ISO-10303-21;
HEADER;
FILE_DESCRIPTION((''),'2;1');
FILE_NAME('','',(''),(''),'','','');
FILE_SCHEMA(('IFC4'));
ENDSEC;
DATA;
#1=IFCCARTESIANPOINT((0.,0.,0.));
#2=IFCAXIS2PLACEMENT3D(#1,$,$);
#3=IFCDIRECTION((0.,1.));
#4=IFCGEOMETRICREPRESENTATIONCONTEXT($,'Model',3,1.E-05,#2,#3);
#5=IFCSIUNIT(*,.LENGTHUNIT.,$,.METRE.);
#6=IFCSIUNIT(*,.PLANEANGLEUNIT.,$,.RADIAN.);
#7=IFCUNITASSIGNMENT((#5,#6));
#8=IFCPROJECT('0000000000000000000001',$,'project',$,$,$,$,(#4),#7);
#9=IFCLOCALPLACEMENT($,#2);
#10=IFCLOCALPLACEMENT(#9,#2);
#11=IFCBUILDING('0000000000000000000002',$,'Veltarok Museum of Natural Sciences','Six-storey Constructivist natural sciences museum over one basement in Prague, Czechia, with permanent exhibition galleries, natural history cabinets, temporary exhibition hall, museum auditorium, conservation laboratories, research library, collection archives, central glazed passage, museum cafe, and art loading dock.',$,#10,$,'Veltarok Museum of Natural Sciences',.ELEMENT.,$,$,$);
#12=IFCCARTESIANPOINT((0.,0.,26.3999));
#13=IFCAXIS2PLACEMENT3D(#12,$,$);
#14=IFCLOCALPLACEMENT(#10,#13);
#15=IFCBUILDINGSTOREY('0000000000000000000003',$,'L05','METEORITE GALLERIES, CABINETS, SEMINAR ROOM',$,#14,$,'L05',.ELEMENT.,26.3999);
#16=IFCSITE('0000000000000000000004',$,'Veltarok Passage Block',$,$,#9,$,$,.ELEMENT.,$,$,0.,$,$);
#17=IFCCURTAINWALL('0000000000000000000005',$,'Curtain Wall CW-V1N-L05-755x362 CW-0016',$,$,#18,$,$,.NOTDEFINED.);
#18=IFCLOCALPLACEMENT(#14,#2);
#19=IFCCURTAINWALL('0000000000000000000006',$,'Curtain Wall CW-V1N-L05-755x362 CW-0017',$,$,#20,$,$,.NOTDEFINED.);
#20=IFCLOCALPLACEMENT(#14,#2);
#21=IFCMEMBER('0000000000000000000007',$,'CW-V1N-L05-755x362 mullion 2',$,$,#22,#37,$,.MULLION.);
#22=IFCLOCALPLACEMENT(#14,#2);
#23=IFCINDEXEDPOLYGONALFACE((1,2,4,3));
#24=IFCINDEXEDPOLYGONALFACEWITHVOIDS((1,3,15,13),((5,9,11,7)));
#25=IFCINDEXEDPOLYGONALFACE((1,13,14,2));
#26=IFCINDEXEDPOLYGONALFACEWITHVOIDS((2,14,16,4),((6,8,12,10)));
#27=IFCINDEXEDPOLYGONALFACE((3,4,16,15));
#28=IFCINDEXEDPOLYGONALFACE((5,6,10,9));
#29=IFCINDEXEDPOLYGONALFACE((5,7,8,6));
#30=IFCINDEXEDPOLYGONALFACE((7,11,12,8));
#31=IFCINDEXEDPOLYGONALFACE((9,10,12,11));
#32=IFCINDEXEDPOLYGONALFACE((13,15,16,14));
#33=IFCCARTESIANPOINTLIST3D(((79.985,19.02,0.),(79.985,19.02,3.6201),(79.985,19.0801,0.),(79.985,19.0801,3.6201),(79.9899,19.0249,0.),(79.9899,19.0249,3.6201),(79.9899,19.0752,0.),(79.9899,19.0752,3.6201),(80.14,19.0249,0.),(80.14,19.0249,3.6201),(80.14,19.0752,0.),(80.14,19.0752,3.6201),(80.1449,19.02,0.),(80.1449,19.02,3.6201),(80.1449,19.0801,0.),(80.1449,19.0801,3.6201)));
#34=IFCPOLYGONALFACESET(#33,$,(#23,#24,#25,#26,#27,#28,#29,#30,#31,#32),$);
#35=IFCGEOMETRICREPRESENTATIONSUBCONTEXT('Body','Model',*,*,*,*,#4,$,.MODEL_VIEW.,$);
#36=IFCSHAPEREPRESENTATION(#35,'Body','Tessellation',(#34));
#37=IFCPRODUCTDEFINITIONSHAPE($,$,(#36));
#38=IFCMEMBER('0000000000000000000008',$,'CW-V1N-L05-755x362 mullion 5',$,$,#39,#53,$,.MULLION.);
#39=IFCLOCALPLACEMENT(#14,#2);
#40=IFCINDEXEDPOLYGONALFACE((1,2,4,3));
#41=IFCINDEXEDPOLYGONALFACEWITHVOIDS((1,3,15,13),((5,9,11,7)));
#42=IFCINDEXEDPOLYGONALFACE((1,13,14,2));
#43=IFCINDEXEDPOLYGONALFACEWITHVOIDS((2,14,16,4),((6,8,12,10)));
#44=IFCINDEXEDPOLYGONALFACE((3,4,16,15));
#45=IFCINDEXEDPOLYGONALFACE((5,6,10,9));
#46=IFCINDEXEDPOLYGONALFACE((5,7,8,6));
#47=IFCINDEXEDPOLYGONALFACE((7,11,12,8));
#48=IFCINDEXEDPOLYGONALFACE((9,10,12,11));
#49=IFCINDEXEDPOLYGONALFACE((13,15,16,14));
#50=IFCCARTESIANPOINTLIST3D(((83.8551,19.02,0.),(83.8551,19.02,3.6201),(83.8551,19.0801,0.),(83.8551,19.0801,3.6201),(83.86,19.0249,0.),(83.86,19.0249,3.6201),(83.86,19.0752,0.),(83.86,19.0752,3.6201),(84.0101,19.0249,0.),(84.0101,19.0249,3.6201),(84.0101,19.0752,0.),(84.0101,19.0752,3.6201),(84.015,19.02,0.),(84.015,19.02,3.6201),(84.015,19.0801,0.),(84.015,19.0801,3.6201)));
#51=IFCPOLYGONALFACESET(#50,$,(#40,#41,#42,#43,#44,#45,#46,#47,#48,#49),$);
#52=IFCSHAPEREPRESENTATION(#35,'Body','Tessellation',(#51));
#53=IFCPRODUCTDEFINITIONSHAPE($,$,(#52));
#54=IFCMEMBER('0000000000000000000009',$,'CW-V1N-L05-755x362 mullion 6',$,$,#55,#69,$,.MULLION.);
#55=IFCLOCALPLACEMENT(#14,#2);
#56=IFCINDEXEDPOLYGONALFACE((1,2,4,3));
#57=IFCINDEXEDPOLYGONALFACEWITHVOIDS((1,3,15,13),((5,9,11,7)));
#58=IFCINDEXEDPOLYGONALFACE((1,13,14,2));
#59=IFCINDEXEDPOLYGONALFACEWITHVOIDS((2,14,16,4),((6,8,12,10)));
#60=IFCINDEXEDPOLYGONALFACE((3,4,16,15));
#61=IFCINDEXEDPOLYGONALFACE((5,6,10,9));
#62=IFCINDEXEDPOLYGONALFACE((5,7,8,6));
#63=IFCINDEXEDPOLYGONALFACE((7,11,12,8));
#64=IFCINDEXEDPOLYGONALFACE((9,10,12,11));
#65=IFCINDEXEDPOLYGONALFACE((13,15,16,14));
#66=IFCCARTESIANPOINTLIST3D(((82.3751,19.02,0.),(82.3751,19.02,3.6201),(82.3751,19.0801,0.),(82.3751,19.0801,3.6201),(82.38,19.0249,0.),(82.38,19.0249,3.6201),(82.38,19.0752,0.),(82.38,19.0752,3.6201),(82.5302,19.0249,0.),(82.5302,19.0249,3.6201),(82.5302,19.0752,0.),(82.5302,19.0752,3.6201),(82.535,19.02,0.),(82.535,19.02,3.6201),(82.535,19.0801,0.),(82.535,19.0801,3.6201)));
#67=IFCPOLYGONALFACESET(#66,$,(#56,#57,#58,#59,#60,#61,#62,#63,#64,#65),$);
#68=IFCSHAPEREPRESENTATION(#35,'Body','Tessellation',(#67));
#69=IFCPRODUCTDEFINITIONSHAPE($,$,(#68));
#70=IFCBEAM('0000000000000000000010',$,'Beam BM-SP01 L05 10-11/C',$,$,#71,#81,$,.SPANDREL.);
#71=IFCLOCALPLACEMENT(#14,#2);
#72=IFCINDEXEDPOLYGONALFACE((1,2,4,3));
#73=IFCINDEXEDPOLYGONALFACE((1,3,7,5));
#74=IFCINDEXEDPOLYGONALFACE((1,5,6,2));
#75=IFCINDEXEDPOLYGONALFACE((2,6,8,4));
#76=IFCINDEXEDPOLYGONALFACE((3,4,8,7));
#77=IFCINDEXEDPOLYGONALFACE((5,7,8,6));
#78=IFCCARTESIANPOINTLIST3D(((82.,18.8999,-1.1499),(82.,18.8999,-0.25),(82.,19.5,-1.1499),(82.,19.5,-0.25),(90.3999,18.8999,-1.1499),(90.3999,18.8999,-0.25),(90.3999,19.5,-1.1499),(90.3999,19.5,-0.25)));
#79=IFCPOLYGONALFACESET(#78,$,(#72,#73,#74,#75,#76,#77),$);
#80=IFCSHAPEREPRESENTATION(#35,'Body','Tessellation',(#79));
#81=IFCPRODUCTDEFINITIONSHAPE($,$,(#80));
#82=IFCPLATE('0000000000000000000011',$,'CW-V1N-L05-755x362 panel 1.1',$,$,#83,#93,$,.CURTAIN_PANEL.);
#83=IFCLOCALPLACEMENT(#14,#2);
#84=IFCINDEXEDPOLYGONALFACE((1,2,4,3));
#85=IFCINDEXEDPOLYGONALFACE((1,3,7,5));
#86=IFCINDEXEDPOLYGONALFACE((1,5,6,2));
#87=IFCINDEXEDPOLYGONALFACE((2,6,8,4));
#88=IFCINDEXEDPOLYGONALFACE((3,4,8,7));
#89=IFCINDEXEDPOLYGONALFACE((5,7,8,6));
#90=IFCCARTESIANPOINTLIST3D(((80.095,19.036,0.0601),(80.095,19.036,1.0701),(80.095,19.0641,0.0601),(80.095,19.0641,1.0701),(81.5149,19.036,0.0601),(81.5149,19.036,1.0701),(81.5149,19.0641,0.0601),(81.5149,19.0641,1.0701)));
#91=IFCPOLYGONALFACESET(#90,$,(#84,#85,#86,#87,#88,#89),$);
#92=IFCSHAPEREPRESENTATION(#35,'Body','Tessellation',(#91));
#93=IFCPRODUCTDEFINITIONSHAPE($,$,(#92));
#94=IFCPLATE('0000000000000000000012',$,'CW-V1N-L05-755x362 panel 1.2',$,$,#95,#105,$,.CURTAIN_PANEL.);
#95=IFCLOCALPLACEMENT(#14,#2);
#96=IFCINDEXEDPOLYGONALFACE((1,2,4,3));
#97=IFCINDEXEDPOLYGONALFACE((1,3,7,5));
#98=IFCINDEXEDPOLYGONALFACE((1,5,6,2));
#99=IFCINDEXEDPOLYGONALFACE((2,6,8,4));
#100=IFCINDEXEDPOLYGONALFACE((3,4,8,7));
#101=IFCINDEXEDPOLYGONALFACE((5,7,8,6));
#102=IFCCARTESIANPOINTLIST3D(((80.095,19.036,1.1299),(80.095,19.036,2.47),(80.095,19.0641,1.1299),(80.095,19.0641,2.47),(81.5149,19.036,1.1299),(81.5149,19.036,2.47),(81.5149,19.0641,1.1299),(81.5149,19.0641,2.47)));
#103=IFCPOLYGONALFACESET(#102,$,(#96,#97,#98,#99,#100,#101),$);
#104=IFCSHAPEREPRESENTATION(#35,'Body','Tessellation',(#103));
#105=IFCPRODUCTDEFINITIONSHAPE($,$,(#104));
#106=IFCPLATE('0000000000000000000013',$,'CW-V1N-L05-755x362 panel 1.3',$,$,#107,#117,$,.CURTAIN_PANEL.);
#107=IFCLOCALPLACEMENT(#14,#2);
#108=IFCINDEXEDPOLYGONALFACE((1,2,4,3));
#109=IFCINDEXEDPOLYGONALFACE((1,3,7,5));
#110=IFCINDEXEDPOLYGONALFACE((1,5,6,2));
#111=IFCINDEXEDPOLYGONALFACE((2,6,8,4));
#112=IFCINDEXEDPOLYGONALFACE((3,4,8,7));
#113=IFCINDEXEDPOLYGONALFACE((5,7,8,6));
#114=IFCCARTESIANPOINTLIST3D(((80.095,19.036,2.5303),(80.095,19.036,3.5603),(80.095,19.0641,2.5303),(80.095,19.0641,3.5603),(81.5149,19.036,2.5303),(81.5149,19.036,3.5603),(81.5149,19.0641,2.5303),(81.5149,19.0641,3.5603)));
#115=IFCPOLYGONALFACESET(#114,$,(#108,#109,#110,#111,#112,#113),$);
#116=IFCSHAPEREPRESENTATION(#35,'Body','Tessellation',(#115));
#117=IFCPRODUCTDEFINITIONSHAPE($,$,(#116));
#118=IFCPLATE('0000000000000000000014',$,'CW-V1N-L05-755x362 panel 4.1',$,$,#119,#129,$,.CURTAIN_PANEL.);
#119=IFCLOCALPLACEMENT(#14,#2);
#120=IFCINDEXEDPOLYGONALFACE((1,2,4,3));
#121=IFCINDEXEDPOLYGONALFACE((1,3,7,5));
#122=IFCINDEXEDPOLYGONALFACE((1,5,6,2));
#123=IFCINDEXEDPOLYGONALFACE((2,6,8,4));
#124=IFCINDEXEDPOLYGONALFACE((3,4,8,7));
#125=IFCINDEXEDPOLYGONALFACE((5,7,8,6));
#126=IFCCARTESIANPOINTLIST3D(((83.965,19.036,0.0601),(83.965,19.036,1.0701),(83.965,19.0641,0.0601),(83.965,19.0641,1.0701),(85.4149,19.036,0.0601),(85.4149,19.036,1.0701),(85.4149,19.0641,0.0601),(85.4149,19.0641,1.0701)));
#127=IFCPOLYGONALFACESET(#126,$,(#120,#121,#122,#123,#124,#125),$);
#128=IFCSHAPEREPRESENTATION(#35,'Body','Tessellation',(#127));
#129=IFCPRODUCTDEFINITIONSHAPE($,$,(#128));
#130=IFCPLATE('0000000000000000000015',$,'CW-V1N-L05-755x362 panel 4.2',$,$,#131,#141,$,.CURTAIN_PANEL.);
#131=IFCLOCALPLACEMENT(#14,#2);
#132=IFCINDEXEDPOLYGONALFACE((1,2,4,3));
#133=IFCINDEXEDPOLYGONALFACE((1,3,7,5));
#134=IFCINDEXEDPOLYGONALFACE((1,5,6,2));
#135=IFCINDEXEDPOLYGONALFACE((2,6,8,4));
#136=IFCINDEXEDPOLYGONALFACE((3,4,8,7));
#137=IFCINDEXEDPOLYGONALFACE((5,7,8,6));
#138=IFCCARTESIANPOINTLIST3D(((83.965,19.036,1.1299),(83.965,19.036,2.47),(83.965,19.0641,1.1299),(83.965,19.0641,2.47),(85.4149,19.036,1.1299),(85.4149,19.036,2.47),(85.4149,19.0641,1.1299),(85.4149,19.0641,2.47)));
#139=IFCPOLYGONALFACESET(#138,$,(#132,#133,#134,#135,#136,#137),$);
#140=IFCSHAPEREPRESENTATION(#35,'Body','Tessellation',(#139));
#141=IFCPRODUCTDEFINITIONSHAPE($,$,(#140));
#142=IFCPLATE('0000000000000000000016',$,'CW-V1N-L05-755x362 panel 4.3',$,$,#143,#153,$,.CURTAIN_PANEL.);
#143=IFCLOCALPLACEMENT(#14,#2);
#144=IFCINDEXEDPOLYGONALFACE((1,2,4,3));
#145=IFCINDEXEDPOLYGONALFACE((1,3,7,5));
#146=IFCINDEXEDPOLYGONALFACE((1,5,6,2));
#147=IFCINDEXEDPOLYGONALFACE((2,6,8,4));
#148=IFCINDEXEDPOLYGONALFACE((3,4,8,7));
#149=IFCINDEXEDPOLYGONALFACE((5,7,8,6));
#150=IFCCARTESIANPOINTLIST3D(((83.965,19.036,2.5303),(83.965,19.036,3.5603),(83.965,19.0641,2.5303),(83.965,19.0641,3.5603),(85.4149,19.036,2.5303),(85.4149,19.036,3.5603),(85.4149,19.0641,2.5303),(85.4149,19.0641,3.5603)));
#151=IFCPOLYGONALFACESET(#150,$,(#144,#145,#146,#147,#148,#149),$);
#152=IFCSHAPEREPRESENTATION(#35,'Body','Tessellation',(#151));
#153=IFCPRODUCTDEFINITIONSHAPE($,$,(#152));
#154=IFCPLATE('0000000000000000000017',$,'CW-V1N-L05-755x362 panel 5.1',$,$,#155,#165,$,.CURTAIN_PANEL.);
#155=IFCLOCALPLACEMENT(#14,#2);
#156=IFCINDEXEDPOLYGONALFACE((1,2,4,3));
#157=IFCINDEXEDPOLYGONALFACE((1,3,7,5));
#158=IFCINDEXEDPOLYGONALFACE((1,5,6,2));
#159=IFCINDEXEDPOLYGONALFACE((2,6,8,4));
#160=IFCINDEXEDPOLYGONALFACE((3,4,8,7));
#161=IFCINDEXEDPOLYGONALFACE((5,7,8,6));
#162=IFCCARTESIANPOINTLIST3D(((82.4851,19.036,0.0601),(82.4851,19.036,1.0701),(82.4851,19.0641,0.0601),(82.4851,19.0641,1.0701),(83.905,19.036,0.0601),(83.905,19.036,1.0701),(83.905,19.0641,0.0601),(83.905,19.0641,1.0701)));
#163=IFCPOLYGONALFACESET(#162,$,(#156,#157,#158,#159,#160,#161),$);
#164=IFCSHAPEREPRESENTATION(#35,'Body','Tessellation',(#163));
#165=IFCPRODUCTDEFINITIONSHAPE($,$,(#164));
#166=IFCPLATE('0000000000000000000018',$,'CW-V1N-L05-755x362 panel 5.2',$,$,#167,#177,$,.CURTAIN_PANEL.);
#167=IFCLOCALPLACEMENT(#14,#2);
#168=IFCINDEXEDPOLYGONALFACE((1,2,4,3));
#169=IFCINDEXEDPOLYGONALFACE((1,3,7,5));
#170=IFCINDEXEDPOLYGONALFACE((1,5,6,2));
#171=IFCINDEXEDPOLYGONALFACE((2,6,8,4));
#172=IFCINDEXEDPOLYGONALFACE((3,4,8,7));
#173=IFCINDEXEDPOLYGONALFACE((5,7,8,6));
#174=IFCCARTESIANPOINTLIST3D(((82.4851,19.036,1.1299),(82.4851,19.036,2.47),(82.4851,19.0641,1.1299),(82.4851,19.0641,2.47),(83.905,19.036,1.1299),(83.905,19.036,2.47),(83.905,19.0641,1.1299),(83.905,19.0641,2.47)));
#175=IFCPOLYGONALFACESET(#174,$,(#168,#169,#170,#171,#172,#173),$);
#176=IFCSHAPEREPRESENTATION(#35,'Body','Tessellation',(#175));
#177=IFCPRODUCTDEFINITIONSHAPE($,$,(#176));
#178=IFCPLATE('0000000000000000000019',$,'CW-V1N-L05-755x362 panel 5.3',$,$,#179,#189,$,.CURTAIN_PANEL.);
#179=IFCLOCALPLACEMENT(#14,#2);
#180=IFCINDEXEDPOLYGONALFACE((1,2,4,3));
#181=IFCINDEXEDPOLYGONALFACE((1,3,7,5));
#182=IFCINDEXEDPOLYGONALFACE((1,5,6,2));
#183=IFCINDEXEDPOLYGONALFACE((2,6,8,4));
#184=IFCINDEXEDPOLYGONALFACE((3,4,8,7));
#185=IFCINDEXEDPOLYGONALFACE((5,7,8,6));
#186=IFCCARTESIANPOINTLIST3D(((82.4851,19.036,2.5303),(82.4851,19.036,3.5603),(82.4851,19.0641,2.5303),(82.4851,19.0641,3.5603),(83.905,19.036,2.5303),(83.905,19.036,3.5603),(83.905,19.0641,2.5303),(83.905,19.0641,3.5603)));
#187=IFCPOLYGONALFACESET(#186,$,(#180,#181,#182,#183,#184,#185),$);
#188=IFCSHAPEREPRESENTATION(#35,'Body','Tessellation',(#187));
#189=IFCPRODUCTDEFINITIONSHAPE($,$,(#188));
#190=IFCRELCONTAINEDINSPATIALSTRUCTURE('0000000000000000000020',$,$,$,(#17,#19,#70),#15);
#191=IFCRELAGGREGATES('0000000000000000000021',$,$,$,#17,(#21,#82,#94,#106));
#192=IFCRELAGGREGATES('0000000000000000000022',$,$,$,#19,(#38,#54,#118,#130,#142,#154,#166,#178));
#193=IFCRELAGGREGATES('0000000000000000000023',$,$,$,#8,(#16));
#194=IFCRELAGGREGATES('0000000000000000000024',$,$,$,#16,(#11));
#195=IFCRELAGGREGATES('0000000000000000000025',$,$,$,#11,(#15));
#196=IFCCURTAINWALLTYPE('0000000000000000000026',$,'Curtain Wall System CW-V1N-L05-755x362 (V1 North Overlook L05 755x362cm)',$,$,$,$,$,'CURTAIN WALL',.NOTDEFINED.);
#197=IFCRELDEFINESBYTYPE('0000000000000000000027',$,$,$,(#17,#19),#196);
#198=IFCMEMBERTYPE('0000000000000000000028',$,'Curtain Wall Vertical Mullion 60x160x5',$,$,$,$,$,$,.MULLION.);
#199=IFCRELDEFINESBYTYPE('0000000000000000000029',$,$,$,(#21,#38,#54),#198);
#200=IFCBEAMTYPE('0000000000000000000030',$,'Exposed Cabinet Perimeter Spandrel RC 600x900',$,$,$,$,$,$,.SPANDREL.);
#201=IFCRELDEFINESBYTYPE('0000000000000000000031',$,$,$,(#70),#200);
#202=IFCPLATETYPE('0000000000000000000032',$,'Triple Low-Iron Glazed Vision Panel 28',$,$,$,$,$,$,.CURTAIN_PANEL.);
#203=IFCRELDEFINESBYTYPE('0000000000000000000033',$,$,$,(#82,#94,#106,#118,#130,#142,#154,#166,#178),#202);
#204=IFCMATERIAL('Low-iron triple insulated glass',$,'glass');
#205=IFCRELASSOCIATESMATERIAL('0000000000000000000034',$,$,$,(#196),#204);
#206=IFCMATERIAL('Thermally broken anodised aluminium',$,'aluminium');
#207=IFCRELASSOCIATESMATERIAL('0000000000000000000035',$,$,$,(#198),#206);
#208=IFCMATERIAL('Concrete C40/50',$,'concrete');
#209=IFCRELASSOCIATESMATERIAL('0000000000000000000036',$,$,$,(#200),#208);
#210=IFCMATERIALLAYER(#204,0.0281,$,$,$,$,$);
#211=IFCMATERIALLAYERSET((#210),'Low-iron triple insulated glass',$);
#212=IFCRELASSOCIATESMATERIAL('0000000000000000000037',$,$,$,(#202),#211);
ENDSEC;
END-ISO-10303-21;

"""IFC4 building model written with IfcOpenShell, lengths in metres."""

from ifc_helpers import new_model, si_unit, direction, frame, origin, origin_2d, place, context, subcontext, project, spatial, rectangle, hollow_rectangle, extrude, material, layer, layer_set, material_profile, profile_set, type_object, element, aggregate, save


model = new_model("IFC4")

# Units and contexts
model_context = context("Model", 3, precision=1e-05, world=origin(), true_north=direction((0.0, 1.0)))
body_context = subcontext(model_context, "Body", "Model", "MODEL_VIEW")
ifc_project = project(units=[si_unit("LENGTHUNIT", "METRE"), si_unit("PLANEANGLEUNIT", "RADIAN")], contexts=[model_context])

# Site, building, storey
site_placement = place(None, origin())
site = spatial("IfcSite", under=ifc_project, at=site_placement, Name="Veltarok Passage Block", CompositionType="ELEMENT", RefElevation=0.0)
building_placement = place(site_placement, origin())
building = spatial("IfcBuilding", under=site, at=building_placement, Name="Veltarok Museum of Natural Sciences", Description="Six-storey Constructivist natural sciences museum over one basement in Prague, Czechia, with permanent exhibition galleries, natural history cabinets, temporary exhibition hall, museum auditorium, conservation laboratories, research library, collection archives, central glazed passage, museum cafe, and art loading dock.", LongName="Veltarok Museum of Natural Sciences", CompositionType="ELEMENT")
storey_placement = place(building_placement, frame((0.0, 0.0, 26.3999)))
storey = spatial("IfcBuildingStorey", under=building, at=storey_placement, Name="L05", Description="METEORITE GALLERIES, CABINETS, SEMINAR ROOM", LongName="L05", CompositionType="ELEMENT", Elevation=26.3999)

# Shared definitions
ifc_material_1 = material(Name="Concrete C40/50", Category="concrete")

# Curtain walls
ifc_material_2 = material(Name="Low-iron triple insulated glass", Category="glass")
curtain_wall_type = type_object("IfcCurtainWallType", Name="Curtain Wall System CW-V1N-L05-755x362 (V1 North Overlook L05 755x362cm)", ElementType="CURTAIN WALL", PredefinedType="NOTDEFINED", material=ifc_material_2)
curtain_wall_1_placement = place(storey_placement, origin())
curtain_wall_1 = element("IfcCurtainWall", 1, at=curtain_wall_1_placement, inside=storey, type_object=curtain_wall_type, Name="Curtain Wall CW-V1N-L05-755x362 CW-0016", PredefinedType="NOTDEFINED")
ifc_material_3 = material(Name="Thermally broken anodised aluminium", Category="aluminium")
curtain_wall_2_placement = place(storey_placement, origin())
curtain_wall_2 = element("IfcCurtainWall", 2, at=curtain_wall_2_placement, inside=storey, type_object=curtain_wall_type, Name="Curtain Wall CW-V1N-L05-755x362 CW-0017", PredefinedType="NOTDEFINED")

# Members
ifc_material_profile_1 = material_profile(ifc_material_3, hollow_rectangle(XDim=0.0601, YDim=0.1599, WallThickness=0.0049, at=origin_2d()), Name="CW MULLION 60x160x5")
ifc_profile_set_1 = profile_set([ifc_material_profile_1], Name="Thermally broken anodised aluminium")
member_type_1 = type_object("IfcMemberType", Name="Curtain Wall Vertical Mullion 60x160x5", PredefinedType="MULLION", material=ifc_profile_set_1)
member_1_placement = place(storey_placement, frame((80.0649, 19.05, 0.0), z_axis=(0.0, 0.0, 1.0), x_axis=(0.0, -1.0, 0.0)))
member_1 = element("IfcMember", 3, at=member_1_placement, type_object=member_type_1, Name="CW-V1N-L05-755x362 mullion 2", PredefinedType="MULLION", context=body_context, shape_type="SweptSolid", body=[
    extrude(hollow_rectangle(XDim=0.0601, YDim=0.1599, WallThickness=0.0049, at=origin_2d()), origin(), (0.0, 0.0, 1.0), 3.6201),
])
member_2_placement = place(storey_placement, frame((83.9351, 19.05, 0.0), z_axis=(0.0, 0.0, 1.0), x_axis=(0.0, -1.0, 0.0)))
member_2 = element("IfcMember", 4, at=member_2_placement, type_object=member_type_1, Name="CW-V1N-L05-755x362 mullion 5", PredefinedType="MULLION", context=body_context, shape_type="SweptSolid", body=[
    extrude(hollow_rectangle(XDim=0.0601, YDim=0.1599, WallThickness=0.0049, at=origin_2d()), origin(), (0.0, 0.0, 1.0), 3.6201),
])
member_3_placement = place(storey_placement, frame((82.4551, 19.05, 0.0), z_axis=(0.0, 0.0, 1.0), x_axis=(0.0, -1.0, 0.0)))
member_3 = element("IfcMember", 5, at=member_3_placement, type_object=member_type_1, Name="CW-V1N-L05-755x362 mullion 6", PredefinedType="MULLION", context=body_context, shape_type="SweptSolid", body=[
    extrude(hollow_rectangle(XDim=0.0601, YDim=0.1599, WallThickness=0.0049, at=origin_2d()), origin(), (0.0, 0.0, 1.0), 3.6201),
])

# Beam
ifc_material_profile_2 = material_profile(ifc_material_1, rectangle(XDim=0.6001, YDim=0.8999, at=origin_2d()), Name="RC 600x900")
ifc_profile_set_2 = profile_set([ifc_material_profile_2], Name="Concrete C40/50")
beam_type = type_object("IfcBeamType", Name="Exposed Cabinet Perimeter Spandrel RC 600x900", PredefinedType="SPANDREL", material=ifc_profile_set_2)
beam_placement = place(storey_placement, frame((82.0, 19.2, -0.7), z_axis=(1.0, 0.0, 0.0), x_axis=(0.0, 1.0, 0.0)))
element("IfcBeam", 6, at=beam_placement, inside=storey, type_object=beam_type, Name="Beam BM-SP01 L05 10-11/C", PredefinedType="SPANDREL", context=body_context, shape_type="SweptSolid", body=[
    extrude(rectangle(XDim=0.6001, YDim=0.8999, at=origin_2d()), origin(), (0.0, 0.0, 1.0), 8.3999),
])

# Plates
ifc_layer = layer(ifc_material_2, 0.0281)
ifc_layer_set = layer_set([ifc_layer], Name="Low-iron triple insulated glass")
plate_type = type_object("IfcPlateType", Name="Triple Low-Iron Glazed Vision Panel 28", PredefinedType="CURTAIN_PANEL", material=ifc_layer_set)
plate_1_placement = place(storey_placement, frame((80.8049, 19.05, 0.0601), z_axis=(0.0, 0.0, 1.0), x_axis=(-1.0, 0.0, 0.0)))
plate_1 = element("IfcPlate", 7, at=plate_1_placement, type_object=plate_type, Name="CW-V1N-L05-755x362 panel 1.1", PredefinedType="CURTAIN_PANEL", context=body_context, shape_type="SweptSolid", body=[
    extrude(rectangle(XDim=1.4199, YDim=0.0281, at=origin_2d()), origin(), (0.0, 0.0, 1.0), 1.01),
])
plate_2_placement = place(storey_placement, frame((80.8049, 19.05, 1.1299), z_axis=(0.0, 0.0, 1.0), x_axis=(-1.0, 0.0, 0.0)))
plate_2 = element("IfcPlate", 8, at=plate_2_placement, type_object=plate_type, Name="CW-V1N-L05-755x362 panel 1.2", PredefinedType="CURTAIN_PANEL", context=body_context, shape_type="SweptSolid", body=[
    extrude(rectangle(XDim=1.4199, YDim=0.0281, at=origin_2d()), origin(), (0.0, 0.0, 1.0), 1.3401),
])
plate_3_placement = place(storey_placement, frame((80.8049, 19.05, 2.5303), z_axis=(0.0, 0.0, 1.0), x_axis=(-1.0, 0.0, 0.0)))
plate_3 = element("IfcPlate", 9, at=plate_3_placement, type_object=plate_type, Name="CW-V1N-L05-755x362 panel 1.3", PredefinedType="CURTAIN_PANEL", context=body_context, shape_type="SweptSolid", body=[
    extrude(rectangle(XDim=1.4199, YDim=0.0281, at=origin_2d()), origin(), (0.0, 0.0, 1.0), 1.03),
])
aggregate(curtain_wall_1, [member_1, plate_1, plate_2, plate_3])
plate_4_placement = place(storey_placement, frame((84.6899, 19.05, 0.0601), z_axis=(0.0, 0.0, 1.0), x_axis=(-1.0, 0.0, 0.0)))
plate_4 = element("IfcPlate", 10, at=plate_4_placement, type_object=plate_type, Name="CW-V1N-L05-755x362 panel 4.1", PredefinedType="CURTAIN_PANEL", context=body_context, shape_type="SweptSolid", body=[
    extrude(rectangle(XDim=1.45, YDim=0.0281, at=origin_2d()), origin(), (0.0, 0.0, 1.0), 1.01),
])
plate_5_placement = place(storey_placement, frame((84.6899, 19.05, 1.1299), z_axis=(0.0, 0.0, 1.0), x_axis=(-1.0, 0.0, 0.0)))
plate_5 = element("IfcPlate", 11, at=plate_5_placement, type_object=plate_type, Name="CW-V1N-L05-755x362 panel 4.2", PredefinedType="CURTAIN_PANEL", context=body_context, shape_type="SweptSolid", body=[
    extrude(rectangle(XDim=1.45, YDim=0.0281, at=origin_2d()), origin(), (0.0, 0.0, 1.0), 1.3401),
])
plate_6_placement = place(storey_placement, frame((84.6899, 19.05, 2.5303), z_axis=(0.0, 0.0, 1.0), x_axis=(-1.0, 0.0, 0.0)))
plate_6 = element("IfcPlate", 12, at=plate_6_placement, type_object=plate_type, Name="CW-V1N-L05-755x362 panel 4.3", PredefinedType="CURTAIN_PANEL", context=body_context, shape_type="SweptSolid", body=[
    extrude(rectangle(XDim=1.45, YDim=0.0281, at=origin_2d()), origin(), (0.0, 0.0, 1.0), 1.03),
])
plate_7_placement = place(storey_placement, frame((83.1951, 19.05, 0.0601), z_axis=(0.0, 0.0, 1.0), x_axis=(-1.0, 0.0, 0.0)))
plate_7 = element("IfcPlate", 13, at=plate_7_placement, type_object=plate_type, Name="CW-V1N-L05-755x362 panel 5.1", PredefinedType="CURTAIN_PANEL", context=body_context, shape_type="SweptSolid", body=[
    extrude(rectangle(XDim=1.4199, YDim=0.0281, at=origin_2d()), origin(), (0.0, 0.0, 1.0), 1.01),
])
plate_8_placement = place(storey_placement, frame((83.1951, 19.05, 1.1299), z_axis=(0.0, 0.0, 1.0), x_axis=(-1.0, 0.0, 0.0)))
plate_8 = element("IfcPlate", 14, at=plate_8_placement, type_object=plate_type, Name="CW-V1N-L05-755x362 panel 5.2", PredefinedType="CURTAIN_PANEL", context=body_context, shape_type="SweptSolid", body=[
    extrude(rectangle(XDim=1.4199, YDim=0.0281, at=origin_2d()), origin(), (0.0, 0.0, 1.0), 1.3401),
])
plate_9_placement = place(storey_placement, frame((83.1951, 19.05, 2.5303), z_axis=(0.0, 0.0, 1.0), x_axis=(-1.0, 0.0, 0.0)))
plate_9 = element("IfcPlate", 15, at=plate_9_placement, type_object=plate_type, Name="CW-V1N-L05-755x362 panel 5.3", PredefinedType="CURTAIN_PANEL", context=body_context, shape_type="SweptSolid", body=[
    extrude(rectangle(XDim=1.4199, YDim=0.0281, at=origin_2d()), origin(), (0.0, 0.0, 1.0), 1.03),
])
aggregate(curtain_wall_2, [member_2, member_3, plate_4, plate_5, plate_6, plate_7, plate_8, plate_9])

save(model, "model.ifc")
